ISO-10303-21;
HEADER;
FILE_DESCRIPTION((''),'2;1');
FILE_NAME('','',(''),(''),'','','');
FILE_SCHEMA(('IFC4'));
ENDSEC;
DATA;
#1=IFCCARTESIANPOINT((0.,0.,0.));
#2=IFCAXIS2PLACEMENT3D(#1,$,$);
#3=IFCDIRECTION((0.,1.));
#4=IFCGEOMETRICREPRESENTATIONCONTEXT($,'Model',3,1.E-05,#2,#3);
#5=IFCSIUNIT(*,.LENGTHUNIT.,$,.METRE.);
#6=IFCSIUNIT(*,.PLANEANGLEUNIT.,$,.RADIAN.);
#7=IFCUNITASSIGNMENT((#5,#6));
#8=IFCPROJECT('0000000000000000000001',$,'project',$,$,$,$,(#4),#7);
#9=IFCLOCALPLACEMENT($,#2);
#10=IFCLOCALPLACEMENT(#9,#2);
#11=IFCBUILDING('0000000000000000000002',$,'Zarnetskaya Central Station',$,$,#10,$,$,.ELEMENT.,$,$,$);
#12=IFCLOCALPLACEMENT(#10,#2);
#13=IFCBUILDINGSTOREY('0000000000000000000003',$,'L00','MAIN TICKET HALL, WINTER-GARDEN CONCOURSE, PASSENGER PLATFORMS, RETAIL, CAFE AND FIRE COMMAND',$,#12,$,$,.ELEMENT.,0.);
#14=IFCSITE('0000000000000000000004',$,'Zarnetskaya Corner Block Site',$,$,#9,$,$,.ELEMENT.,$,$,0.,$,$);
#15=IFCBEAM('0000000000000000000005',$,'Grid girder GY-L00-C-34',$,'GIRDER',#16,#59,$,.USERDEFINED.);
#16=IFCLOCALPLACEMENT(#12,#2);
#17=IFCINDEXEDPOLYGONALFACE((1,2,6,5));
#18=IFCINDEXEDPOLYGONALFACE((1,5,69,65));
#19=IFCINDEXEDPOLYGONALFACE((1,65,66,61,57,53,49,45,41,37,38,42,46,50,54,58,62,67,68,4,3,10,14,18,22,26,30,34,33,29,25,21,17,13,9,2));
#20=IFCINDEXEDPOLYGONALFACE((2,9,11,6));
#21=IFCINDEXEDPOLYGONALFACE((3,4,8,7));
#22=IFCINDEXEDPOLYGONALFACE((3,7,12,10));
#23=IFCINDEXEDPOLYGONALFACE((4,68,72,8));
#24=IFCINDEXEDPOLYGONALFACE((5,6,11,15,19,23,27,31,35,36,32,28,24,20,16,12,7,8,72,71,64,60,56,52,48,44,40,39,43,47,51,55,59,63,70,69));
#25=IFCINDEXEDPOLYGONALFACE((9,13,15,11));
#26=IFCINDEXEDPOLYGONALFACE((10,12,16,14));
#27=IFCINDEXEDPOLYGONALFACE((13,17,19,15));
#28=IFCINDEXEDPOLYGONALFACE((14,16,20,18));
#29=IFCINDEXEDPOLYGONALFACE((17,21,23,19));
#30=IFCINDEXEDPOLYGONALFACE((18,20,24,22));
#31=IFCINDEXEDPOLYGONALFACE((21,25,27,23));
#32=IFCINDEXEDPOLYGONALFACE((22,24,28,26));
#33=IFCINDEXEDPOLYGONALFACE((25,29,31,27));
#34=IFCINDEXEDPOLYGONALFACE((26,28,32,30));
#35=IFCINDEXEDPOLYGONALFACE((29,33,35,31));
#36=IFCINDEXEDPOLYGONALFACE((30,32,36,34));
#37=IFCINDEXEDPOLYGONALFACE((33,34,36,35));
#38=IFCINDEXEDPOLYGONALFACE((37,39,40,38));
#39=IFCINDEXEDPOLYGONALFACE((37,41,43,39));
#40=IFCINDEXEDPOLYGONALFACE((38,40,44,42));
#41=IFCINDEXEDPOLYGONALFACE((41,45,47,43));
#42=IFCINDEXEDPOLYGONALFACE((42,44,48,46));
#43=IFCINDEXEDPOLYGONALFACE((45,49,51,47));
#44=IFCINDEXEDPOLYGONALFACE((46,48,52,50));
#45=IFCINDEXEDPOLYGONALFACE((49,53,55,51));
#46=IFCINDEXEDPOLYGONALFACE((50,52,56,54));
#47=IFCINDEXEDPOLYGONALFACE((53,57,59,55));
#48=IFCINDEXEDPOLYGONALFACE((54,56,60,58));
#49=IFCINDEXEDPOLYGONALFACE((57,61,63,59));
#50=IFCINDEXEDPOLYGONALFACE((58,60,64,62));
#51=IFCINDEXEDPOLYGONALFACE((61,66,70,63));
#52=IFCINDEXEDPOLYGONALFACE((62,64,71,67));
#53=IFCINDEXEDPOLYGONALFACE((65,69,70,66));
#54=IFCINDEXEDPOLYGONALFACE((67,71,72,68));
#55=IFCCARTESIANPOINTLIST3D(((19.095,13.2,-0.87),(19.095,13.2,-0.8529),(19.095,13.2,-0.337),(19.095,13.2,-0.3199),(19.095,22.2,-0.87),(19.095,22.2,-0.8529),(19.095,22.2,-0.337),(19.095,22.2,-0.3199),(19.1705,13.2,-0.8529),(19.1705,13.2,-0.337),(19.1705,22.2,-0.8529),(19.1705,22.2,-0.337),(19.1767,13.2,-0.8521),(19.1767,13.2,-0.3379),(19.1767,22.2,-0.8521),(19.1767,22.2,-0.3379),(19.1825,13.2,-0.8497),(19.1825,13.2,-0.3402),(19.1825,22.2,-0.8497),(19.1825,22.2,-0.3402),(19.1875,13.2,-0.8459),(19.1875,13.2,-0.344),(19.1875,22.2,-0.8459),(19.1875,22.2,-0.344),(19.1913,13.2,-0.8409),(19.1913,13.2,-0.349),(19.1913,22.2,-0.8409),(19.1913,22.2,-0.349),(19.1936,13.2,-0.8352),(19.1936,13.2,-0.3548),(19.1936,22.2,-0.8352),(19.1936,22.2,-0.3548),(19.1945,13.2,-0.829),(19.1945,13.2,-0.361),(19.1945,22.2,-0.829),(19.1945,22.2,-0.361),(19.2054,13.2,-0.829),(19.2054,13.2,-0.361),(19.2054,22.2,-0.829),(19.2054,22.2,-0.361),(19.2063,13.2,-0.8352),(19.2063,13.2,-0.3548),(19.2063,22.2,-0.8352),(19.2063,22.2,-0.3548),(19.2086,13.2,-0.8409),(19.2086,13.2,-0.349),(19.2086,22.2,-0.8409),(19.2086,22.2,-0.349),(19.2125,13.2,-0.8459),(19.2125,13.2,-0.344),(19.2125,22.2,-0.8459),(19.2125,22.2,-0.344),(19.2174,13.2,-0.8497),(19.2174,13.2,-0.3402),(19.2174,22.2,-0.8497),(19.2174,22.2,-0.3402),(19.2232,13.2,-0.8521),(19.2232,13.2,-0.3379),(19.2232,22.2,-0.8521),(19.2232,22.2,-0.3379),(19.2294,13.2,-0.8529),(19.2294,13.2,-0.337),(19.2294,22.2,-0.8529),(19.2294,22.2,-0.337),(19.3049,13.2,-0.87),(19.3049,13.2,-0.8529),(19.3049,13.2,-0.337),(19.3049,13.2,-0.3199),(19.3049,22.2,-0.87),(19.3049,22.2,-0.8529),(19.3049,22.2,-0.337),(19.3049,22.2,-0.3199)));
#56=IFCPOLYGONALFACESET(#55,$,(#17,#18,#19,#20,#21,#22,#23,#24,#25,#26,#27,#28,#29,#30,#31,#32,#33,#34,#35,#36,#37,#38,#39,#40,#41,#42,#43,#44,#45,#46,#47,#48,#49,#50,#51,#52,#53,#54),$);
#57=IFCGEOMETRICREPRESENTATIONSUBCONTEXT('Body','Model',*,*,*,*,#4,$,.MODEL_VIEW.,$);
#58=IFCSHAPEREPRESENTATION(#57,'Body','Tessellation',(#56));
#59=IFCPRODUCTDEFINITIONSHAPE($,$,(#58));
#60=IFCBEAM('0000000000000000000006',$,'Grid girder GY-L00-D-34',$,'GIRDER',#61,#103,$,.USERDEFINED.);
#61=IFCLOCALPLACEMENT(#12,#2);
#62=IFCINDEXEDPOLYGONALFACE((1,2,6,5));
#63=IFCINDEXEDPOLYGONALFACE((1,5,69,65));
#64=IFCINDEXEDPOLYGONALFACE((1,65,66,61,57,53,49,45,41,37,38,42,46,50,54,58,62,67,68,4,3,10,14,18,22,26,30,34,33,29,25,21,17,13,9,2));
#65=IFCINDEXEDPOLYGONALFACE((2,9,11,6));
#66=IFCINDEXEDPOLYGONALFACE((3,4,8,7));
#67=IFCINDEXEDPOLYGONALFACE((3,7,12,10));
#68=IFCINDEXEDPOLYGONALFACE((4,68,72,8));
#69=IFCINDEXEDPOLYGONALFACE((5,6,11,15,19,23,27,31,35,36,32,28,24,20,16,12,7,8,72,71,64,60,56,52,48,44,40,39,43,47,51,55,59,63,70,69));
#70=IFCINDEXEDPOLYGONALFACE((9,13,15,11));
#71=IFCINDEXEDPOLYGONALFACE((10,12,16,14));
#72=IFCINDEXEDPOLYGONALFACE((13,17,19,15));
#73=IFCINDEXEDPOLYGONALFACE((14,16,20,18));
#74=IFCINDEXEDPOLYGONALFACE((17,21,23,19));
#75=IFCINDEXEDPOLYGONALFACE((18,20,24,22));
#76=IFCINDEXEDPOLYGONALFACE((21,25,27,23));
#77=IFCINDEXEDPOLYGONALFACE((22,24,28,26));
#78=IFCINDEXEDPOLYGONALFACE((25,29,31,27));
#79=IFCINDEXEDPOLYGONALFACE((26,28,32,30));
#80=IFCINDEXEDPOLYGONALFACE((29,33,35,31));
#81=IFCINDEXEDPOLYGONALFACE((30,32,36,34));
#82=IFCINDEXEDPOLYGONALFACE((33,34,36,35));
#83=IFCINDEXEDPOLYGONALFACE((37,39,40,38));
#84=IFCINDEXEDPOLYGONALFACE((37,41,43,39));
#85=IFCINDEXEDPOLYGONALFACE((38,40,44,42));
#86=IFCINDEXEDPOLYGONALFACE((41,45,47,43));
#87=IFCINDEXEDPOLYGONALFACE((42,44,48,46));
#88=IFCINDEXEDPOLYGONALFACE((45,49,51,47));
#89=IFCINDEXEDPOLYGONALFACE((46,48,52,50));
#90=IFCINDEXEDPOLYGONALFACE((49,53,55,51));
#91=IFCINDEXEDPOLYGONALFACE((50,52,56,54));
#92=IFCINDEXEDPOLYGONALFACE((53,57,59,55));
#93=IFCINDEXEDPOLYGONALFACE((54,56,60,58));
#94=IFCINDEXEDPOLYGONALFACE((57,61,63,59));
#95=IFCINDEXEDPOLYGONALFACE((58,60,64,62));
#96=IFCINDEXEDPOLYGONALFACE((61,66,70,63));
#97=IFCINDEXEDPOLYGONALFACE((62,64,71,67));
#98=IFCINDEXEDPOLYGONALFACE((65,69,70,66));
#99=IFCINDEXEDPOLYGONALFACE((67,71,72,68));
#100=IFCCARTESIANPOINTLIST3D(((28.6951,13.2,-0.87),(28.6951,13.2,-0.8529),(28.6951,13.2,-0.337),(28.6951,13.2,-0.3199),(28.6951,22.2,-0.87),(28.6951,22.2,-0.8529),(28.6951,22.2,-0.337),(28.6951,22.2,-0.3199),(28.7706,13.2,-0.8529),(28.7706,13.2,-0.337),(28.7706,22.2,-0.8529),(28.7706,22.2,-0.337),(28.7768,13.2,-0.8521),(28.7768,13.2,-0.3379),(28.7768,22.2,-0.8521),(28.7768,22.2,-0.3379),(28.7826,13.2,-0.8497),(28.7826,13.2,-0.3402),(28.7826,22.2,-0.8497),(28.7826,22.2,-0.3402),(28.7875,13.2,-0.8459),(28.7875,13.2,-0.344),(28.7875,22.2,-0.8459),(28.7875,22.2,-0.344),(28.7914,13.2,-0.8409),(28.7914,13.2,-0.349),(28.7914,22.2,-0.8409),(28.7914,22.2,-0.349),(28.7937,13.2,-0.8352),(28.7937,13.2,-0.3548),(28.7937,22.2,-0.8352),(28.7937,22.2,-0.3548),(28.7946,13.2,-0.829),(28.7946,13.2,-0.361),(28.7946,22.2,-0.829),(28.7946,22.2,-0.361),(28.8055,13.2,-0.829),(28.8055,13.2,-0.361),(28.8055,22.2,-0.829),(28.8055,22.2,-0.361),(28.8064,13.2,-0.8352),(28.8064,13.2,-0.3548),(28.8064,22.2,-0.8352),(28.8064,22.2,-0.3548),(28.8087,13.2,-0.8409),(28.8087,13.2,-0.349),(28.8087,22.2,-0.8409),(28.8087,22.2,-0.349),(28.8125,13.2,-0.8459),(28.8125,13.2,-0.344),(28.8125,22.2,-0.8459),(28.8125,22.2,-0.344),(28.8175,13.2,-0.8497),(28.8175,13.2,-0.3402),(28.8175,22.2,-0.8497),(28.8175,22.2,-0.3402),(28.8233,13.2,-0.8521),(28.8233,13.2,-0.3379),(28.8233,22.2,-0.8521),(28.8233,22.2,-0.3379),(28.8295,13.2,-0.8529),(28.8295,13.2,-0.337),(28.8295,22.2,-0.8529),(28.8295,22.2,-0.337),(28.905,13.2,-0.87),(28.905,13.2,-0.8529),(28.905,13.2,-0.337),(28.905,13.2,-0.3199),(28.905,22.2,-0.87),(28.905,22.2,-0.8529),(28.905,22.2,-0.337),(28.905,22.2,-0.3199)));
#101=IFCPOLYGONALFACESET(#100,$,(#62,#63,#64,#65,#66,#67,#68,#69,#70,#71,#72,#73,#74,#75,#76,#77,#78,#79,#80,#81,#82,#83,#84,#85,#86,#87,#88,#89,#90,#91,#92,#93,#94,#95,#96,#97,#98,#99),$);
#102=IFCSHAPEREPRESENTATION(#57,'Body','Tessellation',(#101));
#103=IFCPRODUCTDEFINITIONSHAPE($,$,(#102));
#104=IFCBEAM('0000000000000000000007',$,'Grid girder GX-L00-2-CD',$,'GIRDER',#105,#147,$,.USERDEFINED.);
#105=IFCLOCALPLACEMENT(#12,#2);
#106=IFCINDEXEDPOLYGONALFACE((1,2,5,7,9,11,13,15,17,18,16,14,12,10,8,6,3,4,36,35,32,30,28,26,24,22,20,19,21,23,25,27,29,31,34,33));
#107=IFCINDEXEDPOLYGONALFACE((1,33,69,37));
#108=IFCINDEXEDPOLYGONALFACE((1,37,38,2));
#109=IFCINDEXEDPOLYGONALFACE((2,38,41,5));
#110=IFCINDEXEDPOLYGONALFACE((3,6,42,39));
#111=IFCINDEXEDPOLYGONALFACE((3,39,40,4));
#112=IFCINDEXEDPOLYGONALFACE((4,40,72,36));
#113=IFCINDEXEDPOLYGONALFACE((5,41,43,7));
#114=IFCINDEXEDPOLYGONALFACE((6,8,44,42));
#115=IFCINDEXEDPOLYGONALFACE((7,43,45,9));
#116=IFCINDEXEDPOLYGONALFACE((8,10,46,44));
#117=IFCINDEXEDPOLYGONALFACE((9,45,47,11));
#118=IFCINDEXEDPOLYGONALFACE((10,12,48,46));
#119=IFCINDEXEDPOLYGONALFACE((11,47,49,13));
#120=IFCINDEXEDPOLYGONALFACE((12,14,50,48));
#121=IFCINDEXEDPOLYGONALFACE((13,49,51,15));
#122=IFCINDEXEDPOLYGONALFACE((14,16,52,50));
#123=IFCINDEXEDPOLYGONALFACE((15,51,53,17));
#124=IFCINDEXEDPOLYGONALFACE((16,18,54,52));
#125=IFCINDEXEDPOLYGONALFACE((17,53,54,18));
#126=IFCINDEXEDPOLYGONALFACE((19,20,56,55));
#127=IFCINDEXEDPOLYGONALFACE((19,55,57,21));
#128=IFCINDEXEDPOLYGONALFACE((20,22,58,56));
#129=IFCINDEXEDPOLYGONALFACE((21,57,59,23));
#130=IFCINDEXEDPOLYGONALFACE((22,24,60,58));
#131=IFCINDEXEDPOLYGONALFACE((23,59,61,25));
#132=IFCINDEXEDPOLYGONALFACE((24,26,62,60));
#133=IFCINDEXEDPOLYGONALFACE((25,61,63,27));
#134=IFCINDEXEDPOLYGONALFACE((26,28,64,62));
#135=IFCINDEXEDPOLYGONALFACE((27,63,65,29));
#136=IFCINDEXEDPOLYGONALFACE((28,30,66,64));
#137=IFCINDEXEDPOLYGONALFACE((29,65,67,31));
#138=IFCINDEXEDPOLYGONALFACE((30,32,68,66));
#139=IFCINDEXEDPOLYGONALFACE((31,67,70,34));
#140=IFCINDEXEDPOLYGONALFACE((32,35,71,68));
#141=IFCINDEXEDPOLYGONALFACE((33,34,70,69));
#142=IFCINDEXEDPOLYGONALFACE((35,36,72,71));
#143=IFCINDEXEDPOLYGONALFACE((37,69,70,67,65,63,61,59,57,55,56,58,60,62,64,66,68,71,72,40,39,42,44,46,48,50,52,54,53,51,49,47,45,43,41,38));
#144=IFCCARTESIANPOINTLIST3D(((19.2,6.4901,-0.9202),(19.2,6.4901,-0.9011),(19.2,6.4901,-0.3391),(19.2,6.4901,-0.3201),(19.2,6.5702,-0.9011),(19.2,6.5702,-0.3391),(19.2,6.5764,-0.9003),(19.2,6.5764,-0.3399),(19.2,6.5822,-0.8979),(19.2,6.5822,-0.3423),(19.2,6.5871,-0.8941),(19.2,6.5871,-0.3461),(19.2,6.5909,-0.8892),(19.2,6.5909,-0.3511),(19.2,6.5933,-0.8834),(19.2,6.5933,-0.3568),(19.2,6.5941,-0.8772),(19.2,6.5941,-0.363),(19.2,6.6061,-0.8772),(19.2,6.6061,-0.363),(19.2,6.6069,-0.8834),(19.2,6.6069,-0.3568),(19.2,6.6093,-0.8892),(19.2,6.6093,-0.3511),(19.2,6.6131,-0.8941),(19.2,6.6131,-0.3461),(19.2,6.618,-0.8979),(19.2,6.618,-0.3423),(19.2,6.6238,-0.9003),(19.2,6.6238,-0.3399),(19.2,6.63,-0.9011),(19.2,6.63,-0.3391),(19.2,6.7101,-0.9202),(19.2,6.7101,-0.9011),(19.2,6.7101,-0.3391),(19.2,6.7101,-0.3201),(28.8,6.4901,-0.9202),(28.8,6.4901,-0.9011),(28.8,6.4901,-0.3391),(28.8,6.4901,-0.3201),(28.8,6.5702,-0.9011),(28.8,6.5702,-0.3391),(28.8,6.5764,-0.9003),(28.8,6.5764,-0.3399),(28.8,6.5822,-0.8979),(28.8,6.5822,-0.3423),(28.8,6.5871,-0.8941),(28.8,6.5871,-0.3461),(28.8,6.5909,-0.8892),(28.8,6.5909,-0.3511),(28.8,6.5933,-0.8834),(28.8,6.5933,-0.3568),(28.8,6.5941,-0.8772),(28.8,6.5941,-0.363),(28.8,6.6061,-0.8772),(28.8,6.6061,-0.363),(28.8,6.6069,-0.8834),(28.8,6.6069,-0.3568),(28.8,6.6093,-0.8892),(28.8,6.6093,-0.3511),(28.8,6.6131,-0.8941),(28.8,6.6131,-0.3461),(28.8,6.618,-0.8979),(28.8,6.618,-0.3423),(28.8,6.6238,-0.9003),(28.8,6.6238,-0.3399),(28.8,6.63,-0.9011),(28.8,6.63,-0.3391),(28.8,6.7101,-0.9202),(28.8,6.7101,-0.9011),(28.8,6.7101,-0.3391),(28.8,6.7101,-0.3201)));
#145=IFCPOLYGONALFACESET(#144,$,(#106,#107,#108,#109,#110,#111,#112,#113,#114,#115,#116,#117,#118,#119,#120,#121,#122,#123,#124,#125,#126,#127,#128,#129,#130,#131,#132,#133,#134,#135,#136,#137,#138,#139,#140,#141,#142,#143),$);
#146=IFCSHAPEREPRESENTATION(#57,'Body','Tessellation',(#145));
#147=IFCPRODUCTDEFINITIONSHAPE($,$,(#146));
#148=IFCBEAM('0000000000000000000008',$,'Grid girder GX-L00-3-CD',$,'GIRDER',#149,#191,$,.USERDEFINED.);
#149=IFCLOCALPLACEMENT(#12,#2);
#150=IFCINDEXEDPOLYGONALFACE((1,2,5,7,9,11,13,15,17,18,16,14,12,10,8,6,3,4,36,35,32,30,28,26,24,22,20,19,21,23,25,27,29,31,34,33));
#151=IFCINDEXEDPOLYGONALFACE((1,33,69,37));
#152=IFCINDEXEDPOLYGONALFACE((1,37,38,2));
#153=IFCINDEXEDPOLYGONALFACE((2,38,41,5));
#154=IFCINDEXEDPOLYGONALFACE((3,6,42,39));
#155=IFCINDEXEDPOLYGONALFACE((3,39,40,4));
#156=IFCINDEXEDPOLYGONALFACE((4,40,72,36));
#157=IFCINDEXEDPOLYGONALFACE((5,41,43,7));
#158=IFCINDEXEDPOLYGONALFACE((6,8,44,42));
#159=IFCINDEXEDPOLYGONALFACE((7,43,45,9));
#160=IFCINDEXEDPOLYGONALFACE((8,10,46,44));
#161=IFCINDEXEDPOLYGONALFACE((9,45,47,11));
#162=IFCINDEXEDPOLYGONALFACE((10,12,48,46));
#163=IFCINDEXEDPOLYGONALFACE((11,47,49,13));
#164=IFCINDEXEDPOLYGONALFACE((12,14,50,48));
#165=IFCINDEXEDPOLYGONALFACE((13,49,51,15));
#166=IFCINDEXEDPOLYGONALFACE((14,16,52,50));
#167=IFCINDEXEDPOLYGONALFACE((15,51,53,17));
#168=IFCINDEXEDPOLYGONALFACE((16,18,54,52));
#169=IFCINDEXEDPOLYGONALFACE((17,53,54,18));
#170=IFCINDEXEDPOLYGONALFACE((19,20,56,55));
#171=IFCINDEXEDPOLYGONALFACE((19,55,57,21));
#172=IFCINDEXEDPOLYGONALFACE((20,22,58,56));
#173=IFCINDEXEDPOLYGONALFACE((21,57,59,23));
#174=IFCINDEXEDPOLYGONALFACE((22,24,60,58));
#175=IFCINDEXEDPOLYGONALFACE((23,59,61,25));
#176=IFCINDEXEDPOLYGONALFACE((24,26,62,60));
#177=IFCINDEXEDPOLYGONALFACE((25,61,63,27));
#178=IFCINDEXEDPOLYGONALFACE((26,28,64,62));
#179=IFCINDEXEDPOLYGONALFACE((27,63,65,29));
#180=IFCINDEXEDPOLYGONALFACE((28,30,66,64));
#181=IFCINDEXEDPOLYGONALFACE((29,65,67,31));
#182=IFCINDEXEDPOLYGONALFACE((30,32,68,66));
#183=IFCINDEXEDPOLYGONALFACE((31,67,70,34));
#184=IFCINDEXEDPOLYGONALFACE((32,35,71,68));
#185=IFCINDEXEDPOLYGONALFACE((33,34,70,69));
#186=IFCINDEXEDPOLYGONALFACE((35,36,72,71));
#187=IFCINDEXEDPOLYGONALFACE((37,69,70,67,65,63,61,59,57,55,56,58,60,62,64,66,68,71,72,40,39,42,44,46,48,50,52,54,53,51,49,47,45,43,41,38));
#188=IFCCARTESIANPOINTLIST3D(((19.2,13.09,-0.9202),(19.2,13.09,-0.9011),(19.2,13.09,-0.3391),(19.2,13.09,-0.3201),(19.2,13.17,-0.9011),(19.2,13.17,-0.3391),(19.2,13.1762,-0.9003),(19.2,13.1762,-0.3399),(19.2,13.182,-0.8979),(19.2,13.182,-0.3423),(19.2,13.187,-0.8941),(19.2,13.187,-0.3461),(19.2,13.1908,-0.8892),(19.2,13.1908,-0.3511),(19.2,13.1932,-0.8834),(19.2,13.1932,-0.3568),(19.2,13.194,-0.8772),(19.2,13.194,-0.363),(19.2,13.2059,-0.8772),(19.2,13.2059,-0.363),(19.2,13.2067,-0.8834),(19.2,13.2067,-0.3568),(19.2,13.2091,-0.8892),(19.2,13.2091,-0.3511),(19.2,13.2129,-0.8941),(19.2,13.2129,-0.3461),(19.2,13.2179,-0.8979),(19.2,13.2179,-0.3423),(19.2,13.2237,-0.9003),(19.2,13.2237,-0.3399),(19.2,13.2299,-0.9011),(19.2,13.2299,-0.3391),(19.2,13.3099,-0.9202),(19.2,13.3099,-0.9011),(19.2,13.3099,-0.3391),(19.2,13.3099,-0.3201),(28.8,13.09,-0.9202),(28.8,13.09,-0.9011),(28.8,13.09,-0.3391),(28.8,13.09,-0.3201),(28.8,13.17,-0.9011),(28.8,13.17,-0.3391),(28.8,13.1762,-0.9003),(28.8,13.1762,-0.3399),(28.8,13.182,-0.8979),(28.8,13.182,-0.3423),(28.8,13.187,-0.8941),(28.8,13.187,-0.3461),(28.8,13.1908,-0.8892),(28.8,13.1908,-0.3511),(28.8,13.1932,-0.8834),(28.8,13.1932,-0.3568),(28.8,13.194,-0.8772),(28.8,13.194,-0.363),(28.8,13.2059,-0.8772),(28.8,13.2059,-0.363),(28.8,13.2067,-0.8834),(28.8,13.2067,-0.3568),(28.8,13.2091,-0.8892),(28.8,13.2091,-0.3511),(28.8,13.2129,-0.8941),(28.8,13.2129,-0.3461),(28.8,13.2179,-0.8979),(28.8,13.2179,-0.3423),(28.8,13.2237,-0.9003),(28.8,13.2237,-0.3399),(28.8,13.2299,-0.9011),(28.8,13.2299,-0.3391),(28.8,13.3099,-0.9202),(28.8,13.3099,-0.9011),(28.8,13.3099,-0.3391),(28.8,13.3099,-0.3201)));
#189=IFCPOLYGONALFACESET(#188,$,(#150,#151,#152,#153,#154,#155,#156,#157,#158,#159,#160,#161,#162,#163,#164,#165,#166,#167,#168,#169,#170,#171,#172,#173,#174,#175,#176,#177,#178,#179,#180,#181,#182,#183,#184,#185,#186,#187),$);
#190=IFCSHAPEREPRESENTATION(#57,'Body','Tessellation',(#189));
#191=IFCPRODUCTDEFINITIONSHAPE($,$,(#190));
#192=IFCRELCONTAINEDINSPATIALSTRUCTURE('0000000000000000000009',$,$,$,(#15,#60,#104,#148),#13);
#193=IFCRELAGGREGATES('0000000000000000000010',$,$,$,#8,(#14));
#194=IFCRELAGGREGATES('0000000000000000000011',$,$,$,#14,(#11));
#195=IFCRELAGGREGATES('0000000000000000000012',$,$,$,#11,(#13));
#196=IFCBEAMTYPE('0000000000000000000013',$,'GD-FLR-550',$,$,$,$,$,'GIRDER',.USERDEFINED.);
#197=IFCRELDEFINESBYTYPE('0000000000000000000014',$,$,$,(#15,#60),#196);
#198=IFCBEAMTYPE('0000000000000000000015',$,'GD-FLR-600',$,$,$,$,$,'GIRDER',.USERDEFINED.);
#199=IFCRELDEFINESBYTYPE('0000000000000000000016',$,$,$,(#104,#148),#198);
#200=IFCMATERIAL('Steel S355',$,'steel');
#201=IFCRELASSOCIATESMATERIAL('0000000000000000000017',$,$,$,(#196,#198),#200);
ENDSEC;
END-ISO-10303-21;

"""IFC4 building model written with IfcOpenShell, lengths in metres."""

from ifc_helpers import new_model, si_unit, direction, frame, origin, origin_2d, place, context, subcontext, project, spatial, i_section, extrude, material, material_profile, profile_set, type_object, element, save


model = new_model("IFC4")

# Units and contexts
model_context = context("Model", 3, precision=1e-05, world=origin(), true_north=direction((0.0, 1.0)))
body_context = subcontext(model_context, "Body", "Model", "MODEL_VIEW")
ifc_project = project(units=[si_unit("LENGTHUNIT", "METRE"), si_unit("PLANEANGLEUNIT", "RADIAN")], contexts=[model_context])

# Site, building, storey
site_placement = place(None, origin())
site = spatial("IfcSite", under=ifc_project, at=site_placement, Name="Zarnetskaya Corner Block Site", CompositionType="ELEMENT", RefElevation=0.0)
building_placement = place(site_placement, origin())
building = spatial("IfcBuilding", under=site, at=building_placement, Name="Zarnetskaya Central Station", CompositionType="ELEMENT")
storey_placement = place(building_placement, origin())
storey = spatial("IfcBuildingStorey", under=building, at=storey_placement, Name="L00", Description="MAIN TICKET HALL, WINTER-GARDEN CONCOURSE, PASSENGER PLATFORMS, RETAIL, CAFE AND FIRE COMMAND", CompositionType="ELEMENT", Elevation=0.0)

# Shared definitions
ifc_material_1 = material(Name="Steel S355", Category="steel")

# Beams
ifc_material_profile_1 = material_profile(ifc_material_1, i_section(OverallWidth=0.21, OverallDepth=0.55, WebThickness=0.011, FlangeThickness=0.0171, FilletRadius=0.0239, at=origin_2d()), Name="IPE 550")
ifc_profile_set_1 = profile_set([ifc_material_profile_1], Name="Steel S355")
beam_type_1 = type_object("IfcBeamType", Name="GD-FLR-550", ElementType="GIRDER", PredefinedType="USERDEFINED", material=ifc_profile_set_1)
for number, where, z_axis, x_axis, name in (
    (1, (19.2, 13.2, -0.595), (0.0, 1.0, 0.0), (-1.0, 0.0, 0.0), "Grid girder GY-L00-C-34"),
    (2, (28.8, 13.2, -0.595), (0.0, 1.0, 0.0), (-1.0, 0.0, 0.0), "Grid girder GY-L00-D-34"),
):
    element("IfcBeam", number, at=place(storey_placement, frame(where, z_axis=z_axis, x_axis=x_axis)), inside=storey, type_object=beam_type_1, Name=name, ObjectType="GIRDER", PredefinedType="USERDEFINED", context=body_context, shape_type="SweptSolid", body=[
        extrude(i_section(OverallWidth=0.21, OverallDepth=0.55, WebThickness=0.011, FlangeThickness=0.0171, FilletRadius=0.0239, at=origin_2d()), origin(), (0.0, 0.0, 1.0), 9.0),
    ])
ifc_material_profile_2 = material_profile(ifc_material_1, i_section(OverallWidth=0.22, OverallDepth=0.6001, WebThickness=0.012, FlangeThickness=0.019, FilletRadius=0.0239, at=origin_2d()), Name="IPE 600")
ifc_profile_set_2 = profile_set([ifc_material_profile_2], Name="Steel S355")
beam_type_2 = type_object("IfcBeamType", Name="GD-FLR-600", ElementType="GIRDER", PredefinedType="USERDEFINED", material=ifc_profile_set_2)
for number, where, z_axis, x_axis, name in (
    (3, (19.2, 6.6001, -0.6201), (1.0, 0.0, 0.0), (0.0, 1.0, 0.0), "Grid girder GX-L00-2-CD"),
    (4, (19.2, 13.2, -0.6201), (1.0, 0.0, 0.0), (0.0, 1.0, 0.0), "Grid girder GX-L00-3-CD"),
):
    element("IfcBeam", number, at=place(storey_placement, frame(where, z_axis=z_axis, x_axis=x_axis)), inside=storey, type_object=beam_type_2, Name=name, ObjectType="GIRDER", PredefinedType="USERDEFINED", context=body_context, shape_type="SweptSolid", body=[
        extrude(i_section(OverallWidth=0.22, OverallDepth=0.6001, WebThickness=0.012, FlangeThickness=0.019, FilletRadius=0.0239, at=origin_2d()), origin(), (0.0, 0.0, 1.0), 9.6001),
    ])

save(model, "model.ifc")
